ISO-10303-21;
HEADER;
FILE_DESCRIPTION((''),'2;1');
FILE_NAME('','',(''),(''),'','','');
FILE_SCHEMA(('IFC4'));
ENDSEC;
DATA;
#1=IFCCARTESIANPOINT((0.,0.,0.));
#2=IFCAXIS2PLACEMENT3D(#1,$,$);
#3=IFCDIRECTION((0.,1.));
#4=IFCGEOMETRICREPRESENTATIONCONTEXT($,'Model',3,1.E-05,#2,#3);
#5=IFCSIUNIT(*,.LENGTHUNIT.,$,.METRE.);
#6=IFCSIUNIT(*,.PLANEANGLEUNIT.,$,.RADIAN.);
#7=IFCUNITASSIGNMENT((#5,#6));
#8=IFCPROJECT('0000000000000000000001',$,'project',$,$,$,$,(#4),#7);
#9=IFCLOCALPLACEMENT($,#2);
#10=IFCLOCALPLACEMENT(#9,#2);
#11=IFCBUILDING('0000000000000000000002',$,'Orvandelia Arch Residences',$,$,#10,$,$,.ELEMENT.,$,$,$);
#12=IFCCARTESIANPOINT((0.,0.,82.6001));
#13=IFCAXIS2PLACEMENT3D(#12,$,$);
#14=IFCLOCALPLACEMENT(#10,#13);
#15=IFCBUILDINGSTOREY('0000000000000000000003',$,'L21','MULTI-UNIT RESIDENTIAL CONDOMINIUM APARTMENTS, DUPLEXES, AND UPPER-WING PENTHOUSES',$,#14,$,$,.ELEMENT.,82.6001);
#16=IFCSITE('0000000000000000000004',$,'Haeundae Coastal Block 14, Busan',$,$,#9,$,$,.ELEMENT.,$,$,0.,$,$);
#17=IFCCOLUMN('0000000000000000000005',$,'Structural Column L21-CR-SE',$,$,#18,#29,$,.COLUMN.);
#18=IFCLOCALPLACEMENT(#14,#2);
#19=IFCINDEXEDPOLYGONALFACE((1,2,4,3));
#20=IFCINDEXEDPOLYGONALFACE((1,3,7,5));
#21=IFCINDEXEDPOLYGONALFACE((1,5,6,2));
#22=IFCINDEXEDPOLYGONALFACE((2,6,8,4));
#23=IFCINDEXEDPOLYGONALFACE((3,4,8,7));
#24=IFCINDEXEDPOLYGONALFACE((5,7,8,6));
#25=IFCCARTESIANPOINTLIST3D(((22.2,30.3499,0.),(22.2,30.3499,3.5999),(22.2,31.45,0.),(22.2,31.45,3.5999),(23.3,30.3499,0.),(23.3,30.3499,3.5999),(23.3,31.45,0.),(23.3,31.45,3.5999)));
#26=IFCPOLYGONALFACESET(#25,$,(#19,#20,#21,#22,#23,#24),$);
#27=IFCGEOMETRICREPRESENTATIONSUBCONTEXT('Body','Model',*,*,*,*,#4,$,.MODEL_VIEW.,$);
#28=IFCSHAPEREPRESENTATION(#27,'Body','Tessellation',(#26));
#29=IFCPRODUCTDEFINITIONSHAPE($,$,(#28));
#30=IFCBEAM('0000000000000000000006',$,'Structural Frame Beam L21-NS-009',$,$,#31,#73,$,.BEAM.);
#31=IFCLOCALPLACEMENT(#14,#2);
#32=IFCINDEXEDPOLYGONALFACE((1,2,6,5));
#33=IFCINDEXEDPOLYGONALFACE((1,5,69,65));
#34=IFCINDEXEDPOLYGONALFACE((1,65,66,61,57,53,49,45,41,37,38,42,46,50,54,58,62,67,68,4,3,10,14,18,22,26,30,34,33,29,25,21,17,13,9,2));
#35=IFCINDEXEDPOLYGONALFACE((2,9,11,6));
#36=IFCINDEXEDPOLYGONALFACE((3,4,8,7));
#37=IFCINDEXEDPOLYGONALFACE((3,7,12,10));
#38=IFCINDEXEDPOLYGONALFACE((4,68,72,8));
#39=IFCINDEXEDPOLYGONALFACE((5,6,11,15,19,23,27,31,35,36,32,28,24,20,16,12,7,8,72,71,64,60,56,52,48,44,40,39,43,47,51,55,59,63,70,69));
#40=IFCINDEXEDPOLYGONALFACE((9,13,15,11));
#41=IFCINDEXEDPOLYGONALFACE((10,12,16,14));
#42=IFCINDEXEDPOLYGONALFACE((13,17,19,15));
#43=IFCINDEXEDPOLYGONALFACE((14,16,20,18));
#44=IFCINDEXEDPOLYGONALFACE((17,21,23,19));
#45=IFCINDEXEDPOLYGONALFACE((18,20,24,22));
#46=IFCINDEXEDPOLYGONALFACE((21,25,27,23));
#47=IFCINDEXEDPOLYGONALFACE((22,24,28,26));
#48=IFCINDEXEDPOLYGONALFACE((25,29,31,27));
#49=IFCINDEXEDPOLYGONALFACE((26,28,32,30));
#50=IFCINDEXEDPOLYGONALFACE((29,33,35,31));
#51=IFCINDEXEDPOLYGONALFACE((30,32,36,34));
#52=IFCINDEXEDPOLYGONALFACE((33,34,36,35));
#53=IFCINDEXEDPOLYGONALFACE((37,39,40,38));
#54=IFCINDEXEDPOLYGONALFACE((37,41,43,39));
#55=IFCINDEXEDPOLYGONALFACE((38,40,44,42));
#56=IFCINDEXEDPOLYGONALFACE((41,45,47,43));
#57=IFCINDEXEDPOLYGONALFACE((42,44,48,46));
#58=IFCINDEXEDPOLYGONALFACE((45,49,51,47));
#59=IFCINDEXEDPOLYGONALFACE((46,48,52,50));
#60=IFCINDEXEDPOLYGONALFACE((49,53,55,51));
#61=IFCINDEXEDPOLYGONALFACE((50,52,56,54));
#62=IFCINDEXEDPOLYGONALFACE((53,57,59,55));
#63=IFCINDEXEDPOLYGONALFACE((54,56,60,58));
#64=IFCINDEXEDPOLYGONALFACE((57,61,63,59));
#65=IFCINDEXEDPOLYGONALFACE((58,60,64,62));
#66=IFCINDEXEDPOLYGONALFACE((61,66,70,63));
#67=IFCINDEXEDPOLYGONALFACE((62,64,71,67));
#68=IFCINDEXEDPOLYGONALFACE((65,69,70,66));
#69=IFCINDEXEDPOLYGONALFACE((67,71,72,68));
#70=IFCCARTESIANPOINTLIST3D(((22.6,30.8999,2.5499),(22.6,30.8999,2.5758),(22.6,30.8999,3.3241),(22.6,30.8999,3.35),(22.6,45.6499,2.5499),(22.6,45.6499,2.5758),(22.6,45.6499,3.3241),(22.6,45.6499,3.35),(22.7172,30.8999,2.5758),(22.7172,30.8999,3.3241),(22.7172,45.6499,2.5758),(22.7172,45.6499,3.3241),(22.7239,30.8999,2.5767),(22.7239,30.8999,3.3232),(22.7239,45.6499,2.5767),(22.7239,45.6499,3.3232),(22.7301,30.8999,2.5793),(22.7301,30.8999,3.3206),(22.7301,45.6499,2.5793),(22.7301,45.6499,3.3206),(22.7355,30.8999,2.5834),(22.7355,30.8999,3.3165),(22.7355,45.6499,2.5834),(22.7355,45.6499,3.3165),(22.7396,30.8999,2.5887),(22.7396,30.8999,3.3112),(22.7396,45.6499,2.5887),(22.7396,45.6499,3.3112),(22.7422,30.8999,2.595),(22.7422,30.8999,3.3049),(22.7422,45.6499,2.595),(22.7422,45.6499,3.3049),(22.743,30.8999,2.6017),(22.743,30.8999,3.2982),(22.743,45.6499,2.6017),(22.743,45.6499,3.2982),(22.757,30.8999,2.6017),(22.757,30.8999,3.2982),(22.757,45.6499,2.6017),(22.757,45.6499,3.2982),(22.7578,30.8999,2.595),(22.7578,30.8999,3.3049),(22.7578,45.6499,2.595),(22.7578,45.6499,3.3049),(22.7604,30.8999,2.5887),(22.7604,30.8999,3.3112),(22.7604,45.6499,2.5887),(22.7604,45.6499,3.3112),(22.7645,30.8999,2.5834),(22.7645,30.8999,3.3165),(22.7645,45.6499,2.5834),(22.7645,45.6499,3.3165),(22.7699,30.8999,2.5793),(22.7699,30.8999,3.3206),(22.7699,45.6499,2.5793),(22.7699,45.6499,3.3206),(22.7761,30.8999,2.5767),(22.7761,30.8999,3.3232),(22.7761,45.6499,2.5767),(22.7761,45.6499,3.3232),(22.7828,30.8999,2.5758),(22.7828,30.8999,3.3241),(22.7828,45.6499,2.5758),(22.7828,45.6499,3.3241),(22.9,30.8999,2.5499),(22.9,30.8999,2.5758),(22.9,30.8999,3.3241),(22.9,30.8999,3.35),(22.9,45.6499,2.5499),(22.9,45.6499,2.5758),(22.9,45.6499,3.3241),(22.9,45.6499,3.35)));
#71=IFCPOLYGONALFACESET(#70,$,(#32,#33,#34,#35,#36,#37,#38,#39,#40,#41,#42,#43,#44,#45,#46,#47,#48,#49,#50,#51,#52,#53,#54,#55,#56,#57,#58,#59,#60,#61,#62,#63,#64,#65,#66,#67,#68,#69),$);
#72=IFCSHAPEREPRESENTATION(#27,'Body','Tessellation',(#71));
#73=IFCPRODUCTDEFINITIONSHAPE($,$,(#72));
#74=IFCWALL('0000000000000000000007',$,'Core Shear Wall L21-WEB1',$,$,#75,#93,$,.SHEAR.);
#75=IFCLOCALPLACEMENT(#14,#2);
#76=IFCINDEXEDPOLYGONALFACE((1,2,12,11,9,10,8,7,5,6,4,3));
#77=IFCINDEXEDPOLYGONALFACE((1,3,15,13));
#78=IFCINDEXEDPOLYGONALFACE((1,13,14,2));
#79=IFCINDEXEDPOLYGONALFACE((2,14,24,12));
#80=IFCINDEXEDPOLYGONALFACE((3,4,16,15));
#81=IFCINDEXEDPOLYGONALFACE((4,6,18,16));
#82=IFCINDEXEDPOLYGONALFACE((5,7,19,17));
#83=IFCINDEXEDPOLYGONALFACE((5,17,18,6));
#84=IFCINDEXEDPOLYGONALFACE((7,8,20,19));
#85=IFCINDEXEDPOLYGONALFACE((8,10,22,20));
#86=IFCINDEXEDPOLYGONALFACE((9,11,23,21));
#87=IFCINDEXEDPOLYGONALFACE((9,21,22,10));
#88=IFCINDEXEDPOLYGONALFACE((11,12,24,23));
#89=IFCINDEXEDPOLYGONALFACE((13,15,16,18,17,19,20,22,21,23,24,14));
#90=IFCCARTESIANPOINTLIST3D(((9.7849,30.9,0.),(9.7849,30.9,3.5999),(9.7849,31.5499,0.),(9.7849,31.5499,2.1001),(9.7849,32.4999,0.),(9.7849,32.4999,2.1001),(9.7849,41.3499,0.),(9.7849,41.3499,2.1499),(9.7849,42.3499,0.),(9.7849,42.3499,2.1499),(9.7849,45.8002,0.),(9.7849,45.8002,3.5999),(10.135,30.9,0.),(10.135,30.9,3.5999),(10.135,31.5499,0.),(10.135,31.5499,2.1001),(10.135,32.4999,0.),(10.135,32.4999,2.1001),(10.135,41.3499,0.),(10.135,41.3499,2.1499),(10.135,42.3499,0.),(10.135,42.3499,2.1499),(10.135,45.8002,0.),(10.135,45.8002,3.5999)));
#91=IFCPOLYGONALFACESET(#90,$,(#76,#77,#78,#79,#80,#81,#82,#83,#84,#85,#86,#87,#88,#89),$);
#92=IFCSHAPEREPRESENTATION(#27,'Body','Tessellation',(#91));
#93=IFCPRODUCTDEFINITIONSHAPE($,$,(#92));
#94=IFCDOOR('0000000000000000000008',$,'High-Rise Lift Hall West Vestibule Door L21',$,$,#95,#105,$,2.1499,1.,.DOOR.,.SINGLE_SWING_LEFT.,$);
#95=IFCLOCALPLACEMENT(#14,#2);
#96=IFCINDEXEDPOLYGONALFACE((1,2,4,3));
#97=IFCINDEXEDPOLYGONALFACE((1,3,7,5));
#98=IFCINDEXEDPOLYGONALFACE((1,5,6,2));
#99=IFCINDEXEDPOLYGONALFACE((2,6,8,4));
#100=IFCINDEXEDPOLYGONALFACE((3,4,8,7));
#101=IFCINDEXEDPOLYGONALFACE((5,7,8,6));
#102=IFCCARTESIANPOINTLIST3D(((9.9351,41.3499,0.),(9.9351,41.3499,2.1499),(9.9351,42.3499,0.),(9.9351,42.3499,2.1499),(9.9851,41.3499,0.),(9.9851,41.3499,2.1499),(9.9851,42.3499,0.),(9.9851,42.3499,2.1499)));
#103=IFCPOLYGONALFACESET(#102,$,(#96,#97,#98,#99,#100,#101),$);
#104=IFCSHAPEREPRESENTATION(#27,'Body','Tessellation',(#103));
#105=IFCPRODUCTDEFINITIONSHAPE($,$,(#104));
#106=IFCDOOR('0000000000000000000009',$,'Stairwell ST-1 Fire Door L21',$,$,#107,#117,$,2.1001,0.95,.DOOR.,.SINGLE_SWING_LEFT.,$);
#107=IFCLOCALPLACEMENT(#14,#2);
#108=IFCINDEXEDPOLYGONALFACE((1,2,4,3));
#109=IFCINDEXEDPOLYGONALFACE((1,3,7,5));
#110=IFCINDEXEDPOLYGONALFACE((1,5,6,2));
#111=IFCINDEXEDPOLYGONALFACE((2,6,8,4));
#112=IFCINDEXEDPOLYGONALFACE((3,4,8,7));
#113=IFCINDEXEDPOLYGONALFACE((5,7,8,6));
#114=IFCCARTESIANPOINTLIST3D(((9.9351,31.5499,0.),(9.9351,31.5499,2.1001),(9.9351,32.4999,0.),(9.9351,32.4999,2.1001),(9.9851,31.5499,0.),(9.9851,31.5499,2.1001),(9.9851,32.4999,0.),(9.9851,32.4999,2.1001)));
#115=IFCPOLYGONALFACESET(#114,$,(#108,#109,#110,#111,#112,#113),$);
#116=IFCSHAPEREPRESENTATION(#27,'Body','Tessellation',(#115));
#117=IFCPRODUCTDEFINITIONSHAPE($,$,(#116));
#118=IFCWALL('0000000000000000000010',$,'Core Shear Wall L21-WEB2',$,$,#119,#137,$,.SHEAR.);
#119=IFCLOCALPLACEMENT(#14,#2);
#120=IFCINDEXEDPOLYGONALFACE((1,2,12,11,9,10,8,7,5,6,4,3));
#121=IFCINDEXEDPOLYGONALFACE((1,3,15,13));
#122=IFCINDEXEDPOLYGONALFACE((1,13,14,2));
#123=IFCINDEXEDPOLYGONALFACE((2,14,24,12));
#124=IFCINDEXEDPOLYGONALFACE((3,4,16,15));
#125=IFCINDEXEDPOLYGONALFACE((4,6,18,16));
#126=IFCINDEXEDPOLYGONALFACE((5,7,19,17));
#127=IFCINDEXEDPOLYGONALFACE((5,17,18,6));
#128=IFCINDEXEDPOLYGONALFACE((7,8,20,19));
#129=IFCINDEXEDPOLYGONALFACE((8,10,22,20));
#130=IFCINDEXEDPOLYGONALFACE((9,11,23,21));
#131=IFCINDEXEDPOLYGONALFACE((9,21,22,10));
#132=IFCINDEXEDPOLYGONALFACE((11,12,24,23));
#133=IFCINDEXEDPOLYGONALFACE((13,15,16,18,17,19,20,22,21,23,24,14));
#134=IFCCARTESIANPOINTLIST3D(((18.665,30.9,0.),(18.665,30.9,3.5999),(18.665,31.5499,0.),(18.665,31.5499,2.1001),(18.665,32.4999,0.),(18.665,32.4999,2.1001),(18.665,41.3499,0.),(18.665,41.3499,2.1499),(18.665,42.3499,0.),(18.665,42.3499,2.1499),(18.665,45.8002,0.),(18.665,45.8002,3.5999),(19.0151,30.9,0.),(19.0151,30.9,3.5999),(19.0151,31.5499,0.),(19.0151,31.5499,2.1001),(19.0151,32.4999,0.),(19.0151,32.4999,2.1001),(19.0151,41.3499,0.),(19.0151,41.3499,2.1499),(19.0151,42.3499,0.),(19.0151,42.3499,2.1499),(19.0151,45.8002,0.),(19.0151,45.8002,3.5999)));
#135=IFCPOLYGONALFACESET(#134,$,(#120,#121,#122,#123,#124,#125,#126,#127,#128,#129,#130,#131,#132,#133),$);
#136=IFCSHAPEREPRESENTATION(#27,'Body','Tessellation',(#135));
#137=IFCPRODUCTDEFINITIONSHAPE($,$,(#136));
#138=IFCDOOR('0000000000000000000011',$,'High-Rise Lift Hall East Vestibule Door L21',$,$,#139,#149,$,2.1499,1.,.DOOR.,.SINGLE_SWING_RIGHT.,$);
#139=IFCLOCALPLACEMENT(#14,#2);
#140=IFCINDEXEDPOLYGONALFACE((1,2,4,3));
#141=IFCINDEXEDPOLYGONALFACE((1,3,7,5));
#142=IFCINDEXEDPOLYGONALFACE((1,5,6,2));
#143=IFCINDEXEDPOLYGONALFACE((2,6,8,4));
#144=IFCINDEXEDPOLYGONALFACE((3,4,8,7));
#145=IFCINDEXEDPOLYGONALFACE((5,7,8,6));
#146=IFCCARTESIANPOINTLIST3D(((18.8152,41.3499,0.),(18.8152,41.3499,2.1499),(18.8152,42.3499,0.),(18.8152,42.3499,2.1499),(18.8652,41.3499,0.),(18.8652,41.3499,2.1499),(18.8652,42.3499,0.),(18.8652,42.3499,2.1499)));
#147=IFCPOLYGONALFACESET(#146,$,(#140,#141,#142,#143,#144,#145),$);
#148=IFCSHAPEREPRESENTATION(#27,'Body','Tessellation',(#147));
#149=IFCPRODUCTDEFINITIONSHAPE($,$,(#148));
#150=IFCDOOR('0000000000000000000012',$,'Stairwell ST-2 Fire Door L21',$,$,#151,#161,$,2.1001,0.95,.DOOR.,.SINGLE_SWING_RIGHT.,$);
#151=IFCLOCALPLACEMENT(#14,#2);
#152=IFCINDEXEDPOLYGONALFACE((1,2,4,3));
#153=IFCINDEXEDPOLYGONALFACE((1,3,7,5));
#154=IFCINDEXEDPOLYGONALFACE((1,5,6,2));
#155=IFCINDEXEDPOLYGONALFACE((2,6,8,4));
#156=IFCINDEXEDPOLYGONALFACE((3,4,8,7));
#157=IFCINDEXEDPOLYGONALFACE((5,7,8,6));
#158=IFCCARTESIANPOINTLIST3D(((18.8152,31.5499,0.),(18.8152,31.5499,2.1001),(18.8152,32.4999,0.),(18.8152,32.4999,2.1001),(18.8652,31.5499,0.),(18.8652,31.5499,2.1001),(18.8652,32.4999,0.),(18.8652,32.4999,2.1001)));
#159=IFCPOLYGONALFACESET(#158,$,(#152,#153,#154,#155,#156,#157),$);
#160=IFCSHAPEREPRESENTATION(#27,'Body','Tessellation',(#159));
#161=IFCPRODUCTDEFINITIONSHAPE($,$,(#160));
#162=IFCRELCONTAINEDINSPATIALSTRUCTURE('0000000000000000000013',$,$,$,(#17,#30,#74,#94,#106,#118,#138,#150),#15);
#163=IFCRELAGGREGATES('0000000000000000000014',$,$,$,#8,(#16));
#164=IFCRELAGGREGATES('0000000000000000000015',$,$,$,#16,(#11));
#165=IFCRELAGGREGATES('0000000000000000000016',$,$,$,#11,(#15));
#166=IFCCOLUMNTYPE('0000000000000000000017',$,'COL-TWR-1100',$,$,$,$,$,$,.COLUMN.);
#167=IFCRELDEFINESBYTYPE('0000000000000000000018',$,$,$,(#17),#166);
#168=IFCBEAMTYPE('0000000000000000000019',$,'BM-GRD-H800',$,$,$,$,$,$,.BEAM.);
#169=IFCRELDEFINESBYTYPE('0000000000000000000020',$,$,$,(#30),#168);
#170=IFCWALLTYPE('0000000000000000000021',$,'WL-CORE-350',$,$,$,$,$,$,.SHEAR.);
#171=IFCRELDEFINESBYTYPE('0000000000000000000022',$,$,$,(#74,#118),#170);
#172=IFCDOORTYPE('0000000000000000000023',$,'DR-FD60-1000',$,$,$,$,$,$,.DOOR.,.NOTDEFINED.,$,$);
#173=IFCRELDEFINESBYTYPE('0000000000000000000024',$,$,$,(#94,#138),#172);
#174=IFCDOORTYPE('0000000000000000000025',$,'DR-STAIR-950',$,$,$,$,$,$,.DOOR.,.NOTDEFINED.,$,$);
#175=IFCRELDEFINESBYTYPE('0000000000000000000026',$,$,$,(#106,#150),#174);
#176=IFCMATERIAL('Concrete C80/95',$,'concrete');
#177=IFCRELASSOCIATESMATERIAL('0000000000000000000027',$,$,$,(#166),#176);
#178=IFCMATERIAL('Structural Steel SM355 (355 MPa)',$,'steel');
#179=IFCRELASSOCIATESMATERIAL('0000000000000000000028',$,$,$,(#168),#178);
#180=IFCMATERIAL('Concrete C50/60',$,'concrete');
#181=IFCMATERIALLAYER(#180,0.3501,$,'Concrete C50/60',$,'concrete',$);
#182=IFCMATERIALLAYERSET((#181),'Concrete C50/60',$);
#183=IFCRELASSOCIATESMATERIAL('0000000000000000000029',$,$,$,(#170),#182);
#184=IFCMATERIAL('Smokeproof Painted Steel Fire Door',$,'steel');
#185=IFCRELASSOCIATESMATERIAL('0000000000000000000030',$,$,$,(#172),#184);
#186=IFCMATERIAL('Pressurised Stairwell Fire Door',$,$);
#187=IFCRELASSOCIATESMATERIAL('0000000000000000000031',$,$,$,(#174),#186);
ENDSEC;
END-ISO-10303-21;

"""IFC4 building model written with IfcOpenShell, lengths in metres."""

from ifc_helpers import new_model, si_unit, direction, frame, frame_2d, origin, origin_2d, place, context, subcontext, project, spatial, rectangle, i_section, extrude, material, layer, layer_set, material_profile, profile_set, type_object, element, fill, save


model = new_model("IFC4")

# Units and contexts
model_context = context("Model", 3, precision=1e-05, world=origin(), true_north=direction((0.0, 1.0)))
body_context = subcontext(model_context, "Body", "Model", "MODEL_VIEW")
ifc_project = project(units=[si_unit("LENGTHUNIT", "METRE"), si_unit("PLANEANGLEUNIT", "RADIAN")], contexts=[model_context])

# Site, building, storey
site_placement = place(None, origin())
site = spatial("IfcSite", under=ifc_project, at=site_placement, Name="Haeundae Coastal Block 14, Busan", CompositionType="ELEMENT", RefElevation=0.0)
building_placement = place(site_placement, origin())
building = spatial("IfcBuilding", under=site, at=building_placement, Name="Orvandelia Arch Residences", CompositionType="ELEMENT")
storey_placement = place(building_placement, frame((0.0, 0.0, 82.6001)))
storey = spatial("IfcBuildingStorey", under=building, at=storey_placement, Name="L21", Description="MULTI-UNIT RESIDENTIAL CONDOMINIUM APARTMENTS, DUPLEXES, AND UPPER-WING PENTHOUSES", CompositionType="ELEMENT", Elevation=82.6001)

# Column
ifc_material_1 = material(Name="Concrete C80/95", Category="concrete")
ifc_material_profile_1 = material_profile(ifc_material_1, rectangle(XDim=1.1001, YDim=1.1001, at=origin_2d()), Name="Concrete C80/95", Category="concrete")
ifc_profile_set_1 = profile_set([ifc_material_profile_1], Name="Concrete C80/95")
column_type = type_object("IfcColumnType", Name="COL-TWR-1100", PredefinedType="COLUMN", material=ifc_profile_set_1)
column_placement = place(storey_placement, frame((22.75, 30.8999, 0.0), z_axis=(0.0, 0.0, 1.0), x_axis=(1.0, 0.0, 0.0)))
element("IfcColumn", 1, at=column_placement, inside=storey, type_object=column_type, Name="Structural Column L21-CR-SE", PredefinedType="COLUMN", context=body_context, shape_type="SweptSolid", body=[
    extrude(rectangle(XDim=1.1001, YDim=1.1001, at=origin_2d()), origin(), (0.0, 0.0, 1.0), 3.5999),
])

# Beam
ifc_material_2 = material(Name="Structural Steel SM355 (355 MPa)", Category="steel")
ifc_material_profile_2 = material_profile(ifc_material_2, i_section(OverallWidth=0.3, OverallDepth=0.8, WebThickness=0.0139, FlangeThickness=0.0259, FilletRadius=0.0259, at=origin_2d()), Name="Structural Steel SM355 (355 MPa)", Category="steel")
ifc_profile_set_2 = profile_set([ifc_material_profile_2], Name="Structural Steel SM355 (355 MPa)")
beam_type = type_object("IfcBeamType", Name="BM-GRD-H800", PredefinedType="BEAM", material=ifc_profile_set_2)
beam_placement = place(storey_placement, frame((22.75, 30.8999, 2.95), z_axis=(0.0, 1.0, 0.0), x_axis=(-1.0, 0.0, 0.0)))
element("IfcBeam", 2, at=beam_placement, inside=storey, type_object=beam_type, Name="Structural Frame Beam L21-NS-009", PredefinedType="BEAM", context=body_context, shape_type="SweptSolid", body=[
    extrude(i_section(OverallWidth=0.3, OverallDepth=0.8, WebThickness=0.0139, FlangeThickness=0.0259, FilletRadius=0.0259, at=origin_2d()), origin(), (0.0, 0.0, 1.0), 14.75),
])

# Walls, openings, doors
ifc_material_3 = material(Name="Concrete C50/60", Category="concrete")
ifc_layer_1 = layer(ifc_material_3, 0.3501, Name="Concrete C50/60", Category="concrete")
ifc_layer_set_1 = layer_set([ifc_layer_1], Name="Concrete C50/60")
wall_type_1 = type_object("IfcWallType", Name="WL-CORE-350", PredefinedType="SHEAR", material=ifc_layer_set_1)
wall_1_placement = place(storey_placement, frame((9.96, 30.8999, 0.0), z_axis=(0.0, 0.0, 1.0), x_axis=(0.0, 1.0, 0.0)))
wall_1 = element("IfcWall", 3, at=wall_1_placement, inside=storey, type_object=wall_type_1, Name="Core Shear Wall L21-WEB1", PredefinedType="SHEAR", context=body_context, shape_type="SweptSolid", body=[
    extrude(rectangle(XDim=14.9001, YDim=0.3501, at=frame_2d((7.4502, 0.0))), origin(), (0.0, 0.0, 1.0), 3.5999),
])
opening_1_placement = place(wall_1_placement, frame((0.6499, 0.0, 0.0)))
opening_1 = element("IfcOpeningElement", 4, at=opening_1_placement, cuts=wall_1, PredefinedType="OPENING", context=body_context, shape_type="SweptSolid", body=[
    extrude(rectangle(XDim=0.95, YDim=2.1001, at=frame_2d((0.4751, 1.05))), frame((0.0, 0.1851, 0.0), z_axis=(0.0, -1.0, 0.0), x_axis=(1.0, 0.0, 0.0)), (0.0, 0.0, 1.0), 0.3701),
])
opening_2_placement = place(wall_1_placement, frame((10.45, 0.0, 0.0)))
opening_2 = element("IfcOpeningElement", 5, at=opening_2_placement, cuts=wall_1, PredefinedType="OPENING", context=body_context, shape_type="SweptSolid", body=[
    extrude(rectangle(XDim=1.0, YDim=2.1499, at=frame_2d((0.5, 1.075))), frame((0.0, 0.1851, 0.0), z_axis=(0.0, -1.0, 0.0), x_axis=(1.0, 0.0, 0.0)), (0.0, 0.0, 1.0), 0.3701),
])
ifc_material_4 = material(Name="Smokeproof Painted Steel Fire Door", Category="steel")
door_type_1 = type_object("IfcDoorType", Name="DR-FD60-1000", OperationType="NOTDEFINED", PredefinedType="DOOR", material=ifc_material_4)
door_1_placement = place(opening_2_placement, origin())
door_1 = element("IfcDoor", 6, at=door_1_placement, inside=storey, type_object=door_type_1, Name="High-Rise Lift Hall West Vestibule Door L21", OperationType="SINGLE_SWING_LEFT", OverallHeight=2.1499, OverallWidth=1.0, PredefinedType="DOOR", context=body_context, shape_type="SweptSolid", body=[
    extrude(rectangle(XDim=1.0, YDim=2.1499, at=frame_2d((0.5, 1.075))), frame((0.0, 0.0249, 0.0), z_axis=(0.0, -1.0, 0.0), x_axis=(1.0, 0.0, 0.0)), (0.0, 0.0, 1.0), 0.05),
])
fill(opening_2, door_1)
ifc_material_5 = material(Name="Pressurised Stairwell Fire Door")
door_type_2 = type_object("IfcDoorType", Name="DR-STAIR-950", OperationType="NOTDEFINED", PredefinedType="DOOR", material=ifc_material_5)
door_2_placement = place(opening_1_placement, origin())
door_2 = element("IfcDoor", 7, at=door_2_placement, inside=storey, type_object=door_type_2, Name="Stairwell ST-1 Fire Door L21", OperationType="SINGLE_SWING_LEFT", OverallHeight=2.1001, OverallWidth=0.95, PredefinedType="DOOR", context=body_context, shape_type="SweptSolid", body=[
    extrude(rectangle(XDim=0.95, YDim=2.1001, at=frame_2d((0.4751, 1.05))), frame((0.0, 0.0249, 0.0), z_axis=(0.0, -1.0, 0.0), x_axis=(1.0, 0.0, 0.0)), (0.0, 0.0, 1.0), 0.05),
])
fill(opening_1, door_2)
wall_2_placement = place(storey_placement, frame((18.8401, 30.8999, 0.0), z_axis=(0.0, 0.0, 1.0), x_axis=(0.0, 1.0, 0.0)))
wall_2 = element("IfcWall", 8, at=wall_2_placement, inside=storey, type_object=wall_type_1, Name="Core Shear Wall L21-WEB2", PredefinedType="SHEAR", context=body_context, shape_type="SweptSolid", body=[
    extrude(rectangle(XDim=14.9001, YDim=0.3501, at=frame_2d((7.4502, 0.0))), origin(), (0.0, 0.0, 1.0), 3.5999),
])
opening_3_placement = place(wall_2_placement, frame((0.6499, 0.0, 0.0)))
opening_3 = element("IfcOpeningElement", 9, at=opening_3_placement, cuts=wall_2, PredefinedType="OPENING", context=body_context, shape_type="SweptSolid", body=[
    extrude(rectangle(XDim=0.95, YDim=2.1001, at=frame_2d((0.4751, 1.05))), frame((0.0, 0.1851, 0.0), z_axis=(0.0, -1.0, 0.0), x_axis=(1.0, 0.0, 0.0)), (0.0, 0.0, 1.0), 0.3701),
])
opening_4_placement = place(wall_2_placement, frame((10.45, 0.0, 0.0)))
opening_4 = element("IfcOpeningElement", 10, at=opening_4_placement, cuts=wall_2, PredefinedType="OPENING", context=body_context, shape_type="SweptSolid", body=[
    extrude(rectangle(XDim=1.0, YDim=2.1499, at=frame_2d((0.5, 1.075))), frame((0.0, 0.1851, 0.0), z_axis=(0.0, -1.0, 0.0), x_axis=(1.0, 0.0, 0.0)), (0.0, 0.0, 1.0), 0.3701),
])
door_3_placement = place(opening_4_placement, origin())
door_3 = element("IfcDoor", 11, at=door_3_placement, inside=storey, type_object=door_type_1, Name="High-Rise Lift Hall East Vestibule Door L21", OperationType="SINGLE_SWING_RIGHT", OverallHeight=2.1499, OverallWidth=1.0, PredefinedType="DOOR", context=body_context, shape_type="SweptSolid", body=[
    extrude(rectangle(XDim=1.0, YDim=2.1499, at=frame_2d((0.5, 1.075))), frame((0.0, 0.0249, 0.0), z_axis=(0.0, -1.0, 0.0), x_axis=(1.0, 0.0, 0.0)), (0.0, 0.0, 1.0), 0.05),
])
fill(opening_4, door_3)
door_4_placement = place(opening_3_placement, origin())
door_4 = element("IfcDoor", 12, at=door_4_placement, inside=storey, type_object=door_type_2, Name="Stairwell ST-2 Fire Door L21", OperationType="SINGLE_SWING_RIGHT", OverallHeight=2.1001, OverallWidth=0.95, PredefinedType="DOOR", context=body_context, shape_type="SweptSolid", body=[
    extrude(rectangle(XDim=0.95, YDim=2.1001, at=frame_2d((0.4751, 1.05))), frame((0.0, 0.0249, 0.0), z_axis=(0.0, -1.0, 0.0), x_axis=(1.0, 0.0, 0.0)), (0.0, 0.0, 1.0), 0.05),
])
fill(opening_3, door_4)

save(model, "model.ifc")
